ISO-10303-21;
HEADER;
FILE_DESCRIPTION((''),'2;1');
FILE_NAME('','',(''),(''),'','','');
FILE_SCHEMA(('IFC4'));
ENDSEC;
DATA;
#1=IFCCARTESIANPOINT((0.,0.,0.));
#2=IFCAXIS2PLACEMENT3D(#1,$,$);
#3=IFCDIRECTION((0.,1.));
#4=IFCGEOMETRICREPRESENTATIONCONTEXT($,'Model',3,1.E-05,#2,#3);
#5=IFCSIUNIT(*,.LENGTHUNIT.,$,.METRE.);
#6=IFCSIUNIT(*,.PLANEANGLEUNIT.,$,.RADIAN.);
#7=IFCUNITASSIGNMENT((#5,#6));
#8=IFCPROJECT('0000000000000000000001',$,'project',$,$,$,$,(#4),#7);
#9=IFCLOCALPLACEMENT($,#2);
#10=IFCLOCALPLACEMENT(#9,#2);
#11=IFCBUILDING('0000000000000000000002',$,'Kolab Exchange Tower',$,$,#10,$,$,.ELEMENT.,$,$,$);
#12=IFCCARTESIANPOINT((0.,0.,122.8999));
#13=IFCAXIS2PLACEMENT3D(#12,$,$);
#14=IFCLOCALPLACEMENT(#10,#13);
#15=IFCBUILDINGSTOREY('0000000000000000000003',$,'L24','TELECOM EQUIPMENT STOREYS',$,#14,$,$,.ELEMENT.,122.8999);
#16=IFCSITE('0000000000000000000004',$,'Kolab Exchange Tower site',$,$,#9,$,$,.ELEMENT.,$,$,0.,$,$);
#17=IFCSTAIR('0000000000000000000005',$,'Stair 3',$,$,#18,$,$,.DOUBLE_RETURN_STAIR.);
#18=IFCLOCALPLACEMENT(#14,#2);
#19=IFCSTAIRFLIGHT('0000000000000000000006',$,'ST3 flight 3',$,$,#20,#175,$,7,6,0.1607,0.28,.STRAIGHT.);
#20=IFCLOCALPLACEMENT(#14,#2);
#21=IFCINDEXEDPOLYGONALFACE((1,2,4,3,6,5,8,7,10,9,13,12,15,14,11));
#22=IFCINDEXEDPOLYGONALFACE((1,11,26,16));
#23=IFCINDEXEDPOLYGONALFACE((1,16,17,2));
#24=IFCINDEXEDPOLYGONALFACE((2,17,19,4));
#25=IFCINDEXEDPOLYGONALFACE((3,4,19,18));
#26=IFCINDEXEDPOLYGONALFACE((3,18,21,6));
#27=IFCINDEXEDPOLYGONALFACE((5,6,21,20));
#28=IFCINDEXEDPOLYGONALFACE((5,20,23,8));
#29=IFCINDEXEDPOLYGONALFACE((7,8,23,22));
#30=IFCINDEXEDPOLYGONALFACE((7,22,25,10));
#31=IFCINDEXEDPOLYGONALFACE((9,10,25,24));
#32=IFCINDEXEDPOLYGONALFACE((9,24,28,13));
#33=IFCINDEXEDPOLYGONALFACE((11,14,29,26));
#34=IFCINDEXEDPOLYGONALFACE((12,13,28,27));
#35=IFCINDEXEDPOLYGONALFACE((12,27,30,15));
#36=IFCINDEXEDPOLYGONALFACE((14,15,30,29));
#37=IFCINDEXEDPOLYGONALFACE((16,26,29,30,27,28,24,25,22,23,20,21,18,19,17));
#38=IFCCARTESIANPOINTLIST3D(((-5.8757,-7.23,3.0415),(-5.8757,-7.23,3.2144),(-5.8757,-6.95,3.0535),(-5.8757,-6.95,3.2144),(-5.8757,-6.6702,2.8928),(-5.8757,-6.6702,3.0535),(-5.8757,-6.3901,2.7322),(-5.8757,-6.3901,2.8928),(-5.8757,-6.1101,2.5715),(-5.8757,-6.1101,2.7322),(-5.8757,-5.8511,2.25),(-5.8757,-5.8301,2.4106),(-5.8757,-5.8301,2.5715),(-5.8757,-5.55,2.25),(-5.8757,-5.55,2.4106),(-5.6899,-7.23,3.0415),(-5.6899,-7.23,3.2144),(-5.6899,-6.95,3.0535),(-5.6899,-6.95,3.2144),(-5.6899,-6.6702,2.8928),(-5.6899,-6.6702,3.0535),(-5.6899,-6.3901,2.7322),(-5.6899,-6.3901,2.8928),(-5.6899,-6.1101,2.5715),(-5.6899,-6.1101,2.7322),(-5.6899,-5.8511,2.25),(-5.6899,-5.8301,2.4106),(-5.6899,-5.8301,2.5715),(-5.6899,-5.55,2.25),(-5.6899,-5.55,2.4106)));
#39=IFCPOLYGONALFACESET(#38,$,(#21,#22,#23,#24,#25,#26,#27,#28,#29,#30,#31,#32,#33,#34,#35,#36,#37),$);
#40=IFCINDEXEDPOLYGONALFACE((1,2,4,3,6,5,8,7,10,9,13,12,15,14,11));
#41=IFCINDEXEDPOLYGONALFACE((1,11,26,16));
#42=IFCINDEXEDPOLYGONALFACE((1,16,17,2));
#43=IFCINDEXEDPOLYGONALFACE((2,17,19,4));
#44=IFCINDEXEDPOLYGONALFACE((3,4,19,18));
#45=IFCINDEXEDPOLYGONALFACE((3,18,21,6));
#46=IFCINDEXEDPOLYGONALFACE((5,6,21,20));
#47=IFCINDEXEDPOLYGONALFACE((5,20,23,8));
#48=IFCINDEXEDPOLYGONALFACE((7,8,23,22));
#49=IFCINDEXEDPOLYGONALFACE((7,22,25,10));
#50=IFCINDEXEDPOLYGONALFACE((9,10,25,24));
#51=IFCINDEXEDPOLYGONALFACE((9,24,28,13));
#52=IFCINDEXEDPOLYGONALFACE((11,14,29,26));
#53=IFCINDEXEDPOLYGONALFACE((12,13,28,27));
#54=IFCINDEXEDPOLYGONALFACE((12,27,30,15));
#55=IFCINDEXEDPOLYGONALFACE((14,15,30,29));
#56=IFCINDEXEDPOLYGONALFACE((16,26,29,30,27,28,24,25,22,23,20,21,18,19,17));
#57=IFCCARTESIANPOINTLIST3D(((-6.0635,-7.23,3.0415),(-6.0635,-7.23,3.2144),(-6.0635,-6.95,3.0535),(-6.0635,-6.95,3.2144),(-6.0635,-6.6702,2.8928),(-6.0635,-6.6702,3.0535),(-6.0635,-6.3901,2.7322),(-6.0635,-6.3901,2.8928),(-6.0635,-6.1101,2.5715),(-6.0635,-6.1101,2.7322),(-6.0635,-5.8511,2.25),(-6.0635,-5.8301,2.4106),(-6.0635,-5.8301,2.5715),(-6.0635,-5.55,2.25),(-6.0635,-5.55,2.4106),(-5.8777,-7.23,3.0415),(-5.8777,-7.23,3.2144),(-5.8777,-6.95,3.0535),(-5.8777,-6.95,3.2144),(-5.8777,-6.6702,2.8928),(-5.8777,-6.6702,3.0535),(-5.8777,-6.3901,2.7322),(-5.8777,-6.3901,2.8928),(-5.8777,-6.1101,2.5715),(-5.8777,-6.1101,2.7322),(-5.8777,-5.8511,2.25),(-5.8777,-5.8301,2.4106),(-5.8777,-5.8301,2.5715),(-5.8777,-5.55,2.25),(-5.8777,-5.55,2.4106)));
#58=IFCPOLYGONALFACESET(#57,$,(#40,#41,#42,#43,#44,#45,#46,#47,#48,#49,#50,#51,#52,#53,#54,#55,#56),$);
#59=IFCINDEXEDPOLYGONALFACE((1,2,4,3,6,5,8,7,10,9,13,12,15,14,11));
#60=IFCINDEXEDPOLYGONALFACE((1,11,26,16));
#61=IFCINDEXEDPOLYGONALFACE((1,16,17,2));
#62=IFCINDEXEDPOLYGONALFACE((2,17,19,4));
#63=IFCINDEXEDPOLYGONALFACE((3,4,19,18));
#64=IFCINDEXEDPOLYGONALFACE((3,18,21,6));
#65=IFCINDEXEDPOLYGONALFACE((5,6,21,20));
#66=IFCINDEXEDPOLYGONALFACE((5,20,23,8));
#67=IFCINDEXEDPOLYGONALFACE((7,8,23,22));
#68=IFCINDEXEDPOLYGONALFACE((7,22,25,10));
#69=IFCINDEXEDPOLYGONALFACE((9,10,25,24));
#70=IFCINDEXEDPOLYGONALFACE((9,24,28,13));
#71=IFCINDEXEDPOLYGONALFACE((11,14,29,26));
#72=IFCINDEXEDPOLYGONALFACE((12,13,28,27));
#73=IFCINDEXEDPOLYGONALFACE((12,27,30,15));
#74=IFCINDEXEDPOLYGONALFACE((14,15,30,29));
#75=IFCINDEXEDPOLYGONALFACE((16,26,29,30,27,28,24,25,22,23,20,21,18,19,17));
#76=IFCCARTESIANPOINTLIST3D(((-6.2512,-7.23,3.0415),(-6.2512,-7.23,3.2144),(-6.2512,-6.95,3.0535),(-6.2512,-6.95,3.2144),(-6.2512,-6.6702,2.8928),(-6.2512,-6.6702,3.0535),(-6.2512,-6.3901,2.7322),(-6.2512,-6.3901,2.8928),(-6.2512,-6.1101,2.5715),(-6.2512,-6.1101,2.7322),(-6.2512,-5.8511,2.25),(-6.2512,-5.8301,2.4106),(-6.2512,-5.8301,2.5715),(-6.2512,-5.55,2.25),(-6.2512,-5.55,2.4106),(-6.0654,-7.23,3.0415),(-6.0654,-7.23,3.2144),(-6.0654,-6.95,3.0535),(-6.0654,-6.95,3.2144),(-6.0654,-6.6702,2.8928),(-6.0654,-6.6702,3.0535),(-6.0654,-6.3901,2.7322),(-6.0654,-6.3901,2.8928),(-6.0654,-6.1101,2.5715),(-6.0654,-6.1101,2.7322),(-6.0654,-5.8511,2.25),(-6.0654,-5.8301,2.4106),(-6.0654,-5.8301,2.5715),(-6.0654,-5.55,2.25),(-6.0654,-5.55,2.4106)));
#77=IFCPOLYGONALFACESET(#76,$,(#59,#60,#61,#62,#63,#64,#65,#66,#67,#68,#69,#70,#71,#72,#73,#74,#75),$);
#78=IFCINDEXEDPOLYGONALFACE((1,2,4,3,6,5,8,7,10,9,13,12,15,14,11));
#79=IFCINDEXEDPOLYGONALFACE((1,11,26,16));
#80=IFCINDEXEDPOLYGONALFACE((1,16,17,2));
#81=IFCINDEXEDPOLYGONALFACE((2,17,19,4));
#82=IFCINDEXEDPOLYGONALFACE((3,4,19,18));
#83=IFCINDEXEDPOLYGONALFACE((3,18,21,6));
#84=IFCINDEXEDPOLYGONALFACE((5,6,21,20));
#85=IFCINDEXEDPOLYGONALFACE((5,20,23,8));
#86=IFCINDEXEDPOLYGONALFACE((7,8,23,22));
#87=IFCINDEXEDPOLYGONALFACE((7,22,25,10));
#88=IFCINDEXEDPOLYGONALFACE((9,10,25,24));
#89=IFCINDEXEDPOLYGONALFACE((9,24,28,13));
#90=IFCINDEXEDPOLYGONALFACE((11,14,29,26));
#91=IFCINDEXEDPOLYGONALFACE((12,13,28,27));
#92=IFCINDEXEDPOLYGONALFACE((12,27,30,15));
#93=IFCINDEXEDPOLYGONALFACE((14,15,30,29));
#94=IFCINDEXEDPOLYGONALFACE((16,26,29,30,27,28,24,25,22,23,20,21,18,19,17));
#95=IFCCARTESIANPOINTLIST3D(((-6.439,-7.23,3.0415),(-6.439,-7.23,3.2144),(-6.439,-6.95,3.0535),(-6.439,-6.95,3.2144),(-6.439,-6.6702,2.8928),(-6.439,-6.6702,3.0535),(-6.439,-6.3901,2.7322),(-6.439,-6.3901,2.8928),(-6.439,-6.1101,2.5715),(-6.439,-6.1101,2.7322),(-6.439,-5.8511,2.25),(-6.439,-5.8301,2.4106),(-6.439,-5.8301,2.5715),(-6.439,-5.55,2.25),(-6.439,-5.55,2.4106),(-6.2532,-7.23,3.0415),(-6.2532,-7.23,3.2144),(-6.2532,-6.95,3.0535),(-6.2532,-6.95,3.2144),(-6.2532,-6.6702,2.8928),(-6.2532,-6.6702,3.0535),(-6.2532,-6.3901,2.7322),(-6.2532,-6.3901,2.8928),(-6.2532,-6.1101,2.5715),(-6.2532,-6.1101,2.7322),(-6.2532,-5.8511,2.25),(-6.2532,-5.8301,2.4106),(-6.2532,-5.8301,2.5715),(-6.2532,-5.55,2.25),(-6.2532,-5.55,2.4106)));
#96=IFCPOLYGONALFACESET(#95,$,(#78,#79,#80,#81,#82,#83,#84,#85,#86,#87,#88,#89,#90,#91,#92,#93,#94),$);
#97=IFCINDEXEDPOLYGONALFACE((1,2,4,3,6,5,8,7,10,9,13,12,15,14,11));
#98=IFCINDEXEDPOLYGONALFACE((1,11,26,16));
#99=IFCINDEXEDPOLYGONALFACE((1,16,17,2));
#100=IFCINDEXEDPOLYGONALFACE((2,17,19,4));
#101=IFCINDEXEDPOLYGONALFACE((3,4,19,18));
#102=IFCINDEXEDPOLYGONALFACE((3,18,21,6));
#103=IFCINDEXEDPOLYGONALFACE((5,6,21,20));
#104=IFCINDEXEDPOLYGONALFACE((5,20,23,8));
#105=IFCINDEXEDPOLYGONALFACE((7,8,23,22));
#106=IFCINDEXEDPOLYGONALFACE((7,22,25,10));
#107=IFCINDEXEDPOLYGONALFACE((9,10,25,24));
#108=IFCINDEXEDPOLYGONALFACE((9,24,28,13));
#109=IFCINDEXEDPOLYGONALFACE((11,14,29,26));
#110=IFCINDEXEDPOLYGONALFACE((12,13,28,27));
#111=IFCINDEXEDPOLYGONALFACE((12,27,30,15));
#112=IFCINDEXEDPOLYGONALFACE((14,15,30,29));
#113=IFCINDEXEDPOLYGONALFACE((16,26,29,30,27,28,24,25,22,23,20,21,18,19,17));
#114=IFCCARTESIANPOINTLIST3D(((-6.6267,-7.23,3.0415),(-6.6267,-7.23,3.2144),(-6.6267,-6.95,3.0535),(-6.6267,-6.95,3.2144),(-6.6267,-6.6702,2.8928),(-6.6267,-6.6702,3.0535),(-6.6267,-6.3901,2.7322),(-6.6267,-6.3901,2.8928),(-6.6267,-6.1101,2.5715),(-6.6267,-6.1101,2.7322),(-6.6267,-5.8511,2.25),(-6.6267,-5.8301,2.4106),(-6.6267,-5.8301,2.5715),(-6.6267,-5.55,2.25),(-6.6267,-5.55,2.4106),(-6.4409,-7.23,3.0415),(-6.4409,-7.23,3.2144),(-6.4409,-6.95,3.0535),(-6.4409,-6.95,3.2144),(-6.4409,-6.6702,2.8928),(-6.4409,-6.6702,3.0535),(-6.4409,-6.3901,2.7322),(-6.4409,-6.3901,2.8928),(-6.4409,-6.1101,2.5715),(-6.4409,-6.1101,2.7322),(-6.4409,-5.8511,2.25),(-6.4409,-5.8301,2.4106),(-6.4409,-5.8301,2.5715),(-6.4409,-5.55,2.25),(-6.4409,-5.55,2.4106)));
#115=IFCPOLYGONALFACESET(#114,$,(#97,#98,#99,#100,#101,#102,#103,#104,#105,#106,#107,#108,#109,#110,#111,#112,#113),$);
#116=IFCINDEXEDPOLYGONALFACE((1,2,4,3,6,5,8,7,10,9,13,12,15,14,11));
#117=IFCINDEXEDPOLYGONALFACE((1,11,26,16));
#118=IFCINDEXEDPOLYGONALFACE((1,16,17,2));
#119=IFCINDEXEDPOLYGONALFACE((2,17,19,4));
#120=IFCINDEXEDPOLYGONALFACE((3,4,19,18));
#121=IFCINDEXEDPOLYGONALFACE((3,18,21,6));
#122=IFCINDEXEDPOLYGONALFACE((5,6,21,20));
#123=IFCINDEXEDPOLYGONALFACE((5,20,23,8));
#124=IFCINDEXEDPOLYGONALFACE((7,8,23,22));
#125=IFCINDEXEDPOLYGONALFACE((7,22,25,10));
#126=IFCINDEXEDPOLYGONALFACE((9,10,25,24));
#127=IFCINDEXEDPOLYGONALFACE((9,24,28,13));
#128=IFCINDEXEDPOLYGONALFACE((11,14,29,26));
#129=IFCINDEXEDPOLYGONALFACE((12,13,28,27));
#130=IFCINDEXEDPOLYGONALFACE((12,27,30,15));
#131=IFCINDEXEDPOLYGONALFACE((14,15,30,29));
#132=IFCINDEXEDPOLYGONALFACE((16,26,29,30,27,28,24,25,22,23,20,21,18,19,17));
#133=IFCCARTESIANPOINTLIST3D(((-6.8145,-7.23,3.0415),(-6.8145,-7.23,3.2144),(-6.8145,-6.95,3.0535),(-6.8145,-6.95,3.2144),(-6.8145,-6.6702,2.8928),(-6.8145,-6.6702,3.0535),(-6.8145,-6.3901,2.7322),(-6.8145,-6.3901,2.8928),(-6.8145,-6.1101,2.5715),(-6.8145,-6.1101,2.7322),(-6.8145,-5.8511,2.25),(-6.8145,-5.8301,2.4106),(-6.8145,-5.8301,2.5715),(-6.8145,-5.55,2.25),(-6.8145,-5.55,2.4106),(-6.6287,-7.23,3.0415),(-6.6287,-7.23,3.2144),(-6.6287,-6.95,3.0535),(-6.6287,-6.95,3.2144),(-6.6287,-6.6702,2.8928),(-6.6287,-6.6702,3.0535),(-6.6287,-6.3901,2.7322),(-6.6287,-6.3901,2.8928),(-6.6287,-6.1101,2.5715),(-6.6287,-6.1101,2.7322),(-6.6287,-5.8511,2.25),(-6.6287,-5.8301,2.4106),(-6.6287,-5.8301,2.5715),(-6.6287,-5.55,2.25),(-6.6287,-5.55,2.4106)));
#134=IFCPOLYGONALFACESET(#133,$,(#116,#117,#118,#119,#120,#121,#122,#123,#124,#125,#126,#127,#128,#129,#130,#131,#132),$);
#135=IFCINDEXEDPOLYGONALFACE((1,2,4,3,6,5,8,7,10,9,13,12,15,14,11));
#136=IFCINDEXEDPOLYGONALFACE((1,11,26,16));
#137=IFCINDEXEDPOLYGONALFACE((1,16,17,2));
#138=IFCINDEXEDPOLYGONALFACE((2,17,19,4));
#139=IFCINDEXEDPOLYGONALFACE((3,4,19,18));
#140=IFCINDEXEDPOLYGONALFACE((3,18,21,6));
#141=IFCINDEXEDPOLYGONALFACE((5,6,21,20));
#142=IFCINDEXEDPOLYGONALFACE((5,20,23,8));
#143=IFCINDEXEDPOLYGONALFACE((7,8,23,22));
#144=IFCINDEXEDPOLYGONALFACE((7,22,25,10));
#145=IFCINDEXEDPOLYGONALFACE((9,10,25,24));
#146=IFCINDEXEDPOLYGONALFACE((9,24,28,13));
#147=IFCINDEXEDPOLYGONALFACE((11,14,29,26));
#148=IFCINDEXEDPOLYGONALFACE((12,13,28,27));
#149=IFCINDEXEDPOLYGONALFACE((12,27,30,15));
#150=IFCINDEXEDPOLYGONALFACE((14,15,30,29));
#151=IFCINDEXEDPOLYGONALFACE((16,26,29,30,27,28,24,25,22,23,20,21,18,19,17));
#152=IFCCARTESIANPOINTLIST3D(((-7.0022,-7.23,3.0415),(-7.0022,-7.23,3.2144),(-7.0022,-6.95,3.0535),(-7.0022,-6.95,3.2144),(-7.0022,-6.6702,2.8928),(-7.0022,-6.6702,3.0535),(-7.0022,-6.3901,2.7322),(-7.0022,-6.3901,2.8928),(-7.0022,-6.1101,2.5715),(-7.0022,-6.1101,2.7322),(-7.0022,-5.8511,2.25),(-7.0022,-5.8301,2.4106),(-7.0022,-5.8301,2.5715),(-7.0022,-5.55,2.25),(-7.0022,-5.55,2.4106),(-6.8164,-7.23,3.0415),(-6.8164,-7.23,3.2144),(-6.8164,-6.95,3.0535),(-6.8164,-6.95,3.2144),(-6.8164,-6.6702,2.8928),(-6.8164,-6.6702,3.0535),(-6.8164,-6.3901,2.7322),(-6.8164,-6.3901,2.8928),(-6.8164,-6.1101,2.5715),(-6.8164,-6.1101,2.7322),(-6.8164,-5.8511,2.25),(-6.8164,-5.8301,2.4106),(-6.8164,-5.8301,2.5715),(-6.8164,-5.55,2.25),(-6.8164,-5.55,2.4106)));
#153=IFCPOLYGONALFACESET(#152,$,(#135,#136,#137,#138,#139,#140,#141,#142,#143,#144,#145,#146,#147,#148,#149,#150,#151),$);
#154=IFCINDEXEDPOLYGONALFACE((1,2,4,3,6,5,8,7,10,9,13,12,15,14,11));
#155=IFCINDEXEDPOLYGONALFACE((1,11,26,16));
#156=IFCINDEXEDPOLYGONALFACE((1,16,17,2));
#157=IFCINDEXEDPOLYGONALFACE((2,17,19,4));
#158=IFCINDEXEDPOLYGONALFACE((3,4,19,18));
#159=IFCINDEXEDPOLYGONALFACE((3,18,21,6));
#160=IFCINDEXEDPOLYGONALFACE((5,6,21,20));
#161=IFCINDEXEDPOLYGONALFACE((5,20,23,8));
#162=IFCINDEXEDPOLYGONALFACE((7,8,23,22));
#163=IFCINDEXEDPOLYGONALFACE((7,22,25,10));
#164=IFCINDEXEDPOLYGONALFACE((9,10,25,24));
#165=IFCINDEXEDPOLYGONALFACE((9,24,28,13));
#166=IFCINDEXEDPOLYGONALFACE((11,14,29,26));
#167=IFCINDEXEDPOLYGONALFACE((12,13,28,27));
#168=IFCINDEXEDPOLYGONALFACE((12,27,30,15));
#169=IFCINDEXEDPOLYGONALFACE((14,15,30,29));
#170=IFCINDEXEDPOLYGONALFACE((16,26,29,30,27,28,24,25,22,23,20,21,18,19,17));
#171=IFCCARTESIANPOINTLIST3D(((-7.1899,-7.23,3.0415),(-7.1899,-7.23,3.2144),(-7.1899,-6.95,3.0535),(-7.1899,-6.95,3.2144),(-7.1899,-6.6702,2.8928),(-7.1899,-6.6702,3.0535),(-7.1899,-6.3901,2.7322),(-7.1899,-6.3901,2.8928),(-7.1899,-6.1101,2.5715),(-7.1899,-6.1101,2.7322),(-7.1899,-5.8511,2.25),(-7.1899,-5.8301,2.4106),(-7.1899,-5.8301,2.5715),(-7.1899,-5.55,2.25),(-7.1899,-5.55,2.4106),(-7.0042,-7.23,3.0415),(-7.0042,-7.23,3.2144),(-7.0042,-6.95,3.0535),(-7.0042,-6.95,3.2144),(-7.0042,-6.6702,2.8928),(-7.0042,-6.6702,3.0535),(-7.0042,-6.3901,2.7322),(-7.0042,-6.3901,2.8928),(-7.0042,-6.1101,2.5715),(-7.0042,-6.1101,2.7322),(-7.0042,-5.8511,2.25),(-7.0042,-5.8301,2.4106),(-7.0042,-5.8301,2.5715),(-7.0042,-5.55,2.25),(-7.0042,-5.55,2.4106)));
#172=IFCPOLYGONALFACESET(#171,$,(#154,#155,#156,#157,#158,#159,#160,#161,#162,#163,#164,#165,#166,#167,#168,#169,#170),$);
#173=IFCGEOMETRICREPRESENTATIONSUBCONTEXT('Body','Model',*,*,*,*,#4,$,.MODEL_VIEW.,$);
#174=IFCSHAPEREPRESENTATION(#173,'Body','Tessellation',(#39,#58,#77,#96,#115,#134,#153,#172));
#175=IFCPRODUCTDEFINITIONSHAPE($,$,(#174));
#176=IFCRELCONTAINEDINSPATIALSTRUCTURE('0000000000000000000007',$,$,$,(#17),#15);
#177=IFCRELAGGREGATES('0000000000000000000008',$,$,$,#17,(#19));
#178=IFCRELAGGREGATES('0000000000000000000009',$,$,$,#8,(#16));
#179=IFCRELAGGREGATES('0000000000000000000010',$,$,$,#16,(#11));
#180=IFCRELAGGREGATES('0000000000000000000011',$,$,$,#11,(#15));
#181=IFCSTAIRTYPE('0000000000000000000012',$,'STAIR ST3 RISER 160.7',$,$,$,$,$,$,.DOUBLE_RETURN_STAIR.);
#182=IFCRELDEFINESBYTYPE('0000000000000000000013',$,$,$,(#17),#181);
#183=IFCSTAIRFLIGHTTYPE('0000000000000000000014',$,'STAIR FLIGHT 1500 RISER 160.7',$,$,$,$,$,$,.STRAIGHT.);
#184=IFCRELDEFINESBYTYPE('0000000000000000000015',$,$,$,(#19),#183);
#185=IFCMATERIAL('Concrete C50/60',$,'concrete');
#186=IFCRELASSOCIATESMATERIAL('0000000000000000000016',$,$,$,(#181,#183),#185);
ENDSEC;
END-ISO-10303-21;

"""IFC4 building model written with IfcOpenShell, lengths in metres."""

from ifc_helpers import new_model, si_unit, direction, frame, origin, place, context, subcontext, project, spatial, polyline, outline, extrude, material, type_object, element, aggregate, save


model = new_model("IFC4")

# Units and contexts
model_context = context("Model", 3, precision=1e-05, world=origin(), true_north=direction((0.0, 1.0)))
body_context = subcontext(model_context, "Body", "Model", "MODEL_VIEW")
ifc_project = project(units=[si_unit("LENGTHUNIT", "METRE"), si_unit("PLANEANGLEUNIT", "RADIAN")], contexts=[model_context])

# Site, building, storey
site_placement = place(None, origin())
site = spatial("IfcSite", under=ifc_project, at=site_placement, Name="Kolab Exchange Tower site", CompositionType="ELEMENT", RefElevation=0.0)
building_placement = place(site_placement, origin())
building = spatial("IfcBuilding", under=site, at=building_placement, Name="Kolab Exchange Tower", CompositionType="ELEMENT")
storey_placement = place(building_placement, frame((0.0, 0.0, 122.8999)))
storey = spatial("IfcBuildingStorey", under=building, at=storey_placement, Name="L24", Description="TELECOM EQUIPMENT STOREYS", CompositionType="ELEMENT", Elevation=122.8999)

# Shared definitions
ifc_material_1 = material(Name="Concrete C50/60", Category="concrete")

# Stair, stair flight
stair_type = type_object("IfcStairType", Name="STAIR ST3 RISER 160.7", PredefinedType="DOUBLE_RETURN_STAIR", material=ifc_material_1)
stair_placement = place(storey_placement, origin())
stair = element("IfcStair", 1, at=stair_placement, inside=storey, type_object=stair_type, Name="Stair 3", PredefinedType="DOUBLE_RETURN_STAIR")
stair_flight_type = type_object("IfcStairFlightType", Name="STAIR FLIGHT 1500 RISER 160.7", PredefinedType="STRAIGHT", material=ifc_material_1)
stair_flight_1_placement = place(storey_placement, frame((-6.4399, -5.55, 2.25), z_axis=(0.0, 0.0, 1.0), x_axis=(0.0, -1.0, 0.0)))
stair_flight_1 = element("IfcStairFlight", 2, at=stair_flight_1_placement, type_object=stair_flight_type, Name="ST3 flight 3", NumberOfRisers=7, NumberOfTreads=6, PredefinedType="STRAIGHT", RiserHeight=0.1607, TreadLength=0.28, context=body_context, shape_type="SweptSolid", body=[
    extrude(outline(polyline([(0.0, 0.0), (0.0, 0.1606), (0.28, 0.1606), (0.28, 0.3215), (0.5601, 0.3215), (0.5601, 0.4822), (0.8401, 0.4822), (0.8401, 0.6428), (1.1201, 0.6428), (1.1201, 0.8035), (1.3999, 0.8035), (1.3999, 0.9644), (1.6799, 0.9644), (1.6799, 1.125), (1.6799, 0.7915), (0.301, 0.0), (0.0, 0.0)])), frame((0.0, 0.75, 0.0), z_axis=(0.0, -1.0, 0.0), x_axis=(1.0, 0.0, 0.0)), (0.0, 0.0, 1.0), 0.1858),
    extrude(outline(polyline([(0.0, 0.0), (0.0, 0.1606), (0.28, 0.1606), (0.28, 0.3215), (0.5601, 0.3215), (0.5601, 0.4822), (0.8401, 0.4822), (0.8401, 0.6428), (1.1201, 0.6428), (1.1201, 0.8035), (1.3999, 0.8035), (1.3999, 0.9644), (1.6799, 0.9644), (1.6799, 1.125), (1.6799, 0.7915), (0.301, 0.0), (0.0, 0.0)])), frame((0.0, 0.5623, 0.0), z_axis=(0.0, -1.0, 0.0), x_axis=(1.0, 0.0, 0.0)), (0.0, 0.0, 1.0), 0.1858),
    extrude(outline(polyline([(0.0, 0.0), (0.0, 0.1606), (0.28, 0.1606), (0.28, 0.3215), (0.5601, 0.3215), (0.5601, 0.4822), (0.8401, 0.4822), (0.8401, 0.6428), (1.1201, 0.6428), (1.1201, 0.8035), (1.3999, 0.8035), (1.3999, 0.9644), (1.6799, 0.9644), (1.6799, 1.125), (1.6799, 0.7915), (0.301, 0.0), (0.0, 0.0)])), frame((0.0, 0.3745, 0.0), z_axis=(0.0, -1.0, 0.0), x_axis=(1.0, 0.0, 0.0)), (0.0, 0.0, 1.0), 0.1858),
    extrude(outline(polyline([(0.0, 0.0), (0.0, 0.1606), (0.28, 0.1606), (0.28, 0.3215), (0.5601, 0.3215), (0.5601, 0.4822), (0.8401, 0.4822), (0.8401, 0.6428), (1.1201, 0.6428), (1.1201, 0.8035), (1.3999, 0.8035), (1.3999, 0.9644), (1.6799, 0.9644), (1.6799, 1.125), (1.6799, 0.7915), (0.301, 0.0), (0.0, 0.0)])), frame((0.0, 0.1868, 0.0), z_axis=(0.0, -1.0, 0.0), x_axis=(1.0, 0.0, 0.0)), (0.0, 0.0, 1.0), 0.1858),
    extrude(outline(polyline([(0.0, 0.0), (0.0, 0.1606), (0.28, 0.1606), (0.28, 0.3215), (0.5601, 0.3215), (0.5601, 0.4822), (0.8401, 0.4822), (0.8401, 0.6428), (1.1201, 0.6428), (1.1201, 0.8035), (1.3999, 0.8035), (1.3999, 0.9644), (1.6799, 0.9644), (1.6799, 1.125), (1.6799, 0.7915), (0.301, 0.0), (0.0, 0.0)])), frame((0.0, -0.001, 0.0), z_axis=(0.0, -1.0, 0.0), x_axis=(1.0, 0.0, 0.0)), (0.0, 0.0, 1.0), 0.1858),
    extrude(outline(polyline([(0.0, 0.0), (0.0, 0.1606), (0.28, 0.1606), (0.28, 0.3215), (0.5601, 0.3215), (0.5601, 0.4822), (0.8401, 0.4822), (0.8401, 0.6428), (1.1201, 0.6428), (1.1201, 0.8035), (1.3999, 0.8035), (1.3999, 0.9644), (1.6799, 0.9644), (1.6799, 1.125), (1.6799, 0.7915), (0.301, 0.0), (0.0, 0.0)])), frame((0.0, -0.1887, 0.0), z_axis=(0.0, -1.0, 0.0), x_axis=(1.0, 0.0, 0.0)), (0.0, 0.0, 1.0), 0.1858),
    extrude(outline(polyline([(0.0, 0.0), (0.0, 0.1606), (0.28, 0.1606), (0.28, 0.3215), (0.5601, 0.3215), (0.5601, 0.4822), (0.8401, 0.4822), (0.8401, 0.6428), (1.1201, 0.6428), (1.1201, 0.8035), (1.3999, 0.8035), (1.3999, 0.9644), (1.6799, 0.9644), (1.6799, 1.125), (1.6799, 0.7915), (0.301, 0.0), (0.0, 0.0)])), frame((0.0, -0.3765, 0.0), z_axis=(0.0, -1.0, 0.0), x_axis=(1.0, 0.0, 0.0)), (0.0, 0.0, 1.0), 0.1858),
    extrude(outline(polyline([(0.0, 0.0), (0.0, 0.1606), (0.28, 0.1606), (0.28, 0.3215), (0.5601, 0.3215), (0.5601, 0.4822), (0.8401, 0.4822), (0.8401, 0.6428), (1.1201, 0.6428), (1.1201, 0.8035), (1.3999, 0.8035), (1.3999, 0.9644), (1.6799, 0.9644), (1.6799, 1.125), (1.6799, 0.7915), (0.301, 0.0), (0.0, 0.0)])), frame((0.0, -0.5642, 0.0), z_axis=(0.0, -1.0, 0.0), x_axis=(1.0, 0.0, 0.0)), (0.0, 0.0, 1.0), 0.1858),
])
aggregate(stair, [stair_flight_1])

save(model, "model.ifc")
